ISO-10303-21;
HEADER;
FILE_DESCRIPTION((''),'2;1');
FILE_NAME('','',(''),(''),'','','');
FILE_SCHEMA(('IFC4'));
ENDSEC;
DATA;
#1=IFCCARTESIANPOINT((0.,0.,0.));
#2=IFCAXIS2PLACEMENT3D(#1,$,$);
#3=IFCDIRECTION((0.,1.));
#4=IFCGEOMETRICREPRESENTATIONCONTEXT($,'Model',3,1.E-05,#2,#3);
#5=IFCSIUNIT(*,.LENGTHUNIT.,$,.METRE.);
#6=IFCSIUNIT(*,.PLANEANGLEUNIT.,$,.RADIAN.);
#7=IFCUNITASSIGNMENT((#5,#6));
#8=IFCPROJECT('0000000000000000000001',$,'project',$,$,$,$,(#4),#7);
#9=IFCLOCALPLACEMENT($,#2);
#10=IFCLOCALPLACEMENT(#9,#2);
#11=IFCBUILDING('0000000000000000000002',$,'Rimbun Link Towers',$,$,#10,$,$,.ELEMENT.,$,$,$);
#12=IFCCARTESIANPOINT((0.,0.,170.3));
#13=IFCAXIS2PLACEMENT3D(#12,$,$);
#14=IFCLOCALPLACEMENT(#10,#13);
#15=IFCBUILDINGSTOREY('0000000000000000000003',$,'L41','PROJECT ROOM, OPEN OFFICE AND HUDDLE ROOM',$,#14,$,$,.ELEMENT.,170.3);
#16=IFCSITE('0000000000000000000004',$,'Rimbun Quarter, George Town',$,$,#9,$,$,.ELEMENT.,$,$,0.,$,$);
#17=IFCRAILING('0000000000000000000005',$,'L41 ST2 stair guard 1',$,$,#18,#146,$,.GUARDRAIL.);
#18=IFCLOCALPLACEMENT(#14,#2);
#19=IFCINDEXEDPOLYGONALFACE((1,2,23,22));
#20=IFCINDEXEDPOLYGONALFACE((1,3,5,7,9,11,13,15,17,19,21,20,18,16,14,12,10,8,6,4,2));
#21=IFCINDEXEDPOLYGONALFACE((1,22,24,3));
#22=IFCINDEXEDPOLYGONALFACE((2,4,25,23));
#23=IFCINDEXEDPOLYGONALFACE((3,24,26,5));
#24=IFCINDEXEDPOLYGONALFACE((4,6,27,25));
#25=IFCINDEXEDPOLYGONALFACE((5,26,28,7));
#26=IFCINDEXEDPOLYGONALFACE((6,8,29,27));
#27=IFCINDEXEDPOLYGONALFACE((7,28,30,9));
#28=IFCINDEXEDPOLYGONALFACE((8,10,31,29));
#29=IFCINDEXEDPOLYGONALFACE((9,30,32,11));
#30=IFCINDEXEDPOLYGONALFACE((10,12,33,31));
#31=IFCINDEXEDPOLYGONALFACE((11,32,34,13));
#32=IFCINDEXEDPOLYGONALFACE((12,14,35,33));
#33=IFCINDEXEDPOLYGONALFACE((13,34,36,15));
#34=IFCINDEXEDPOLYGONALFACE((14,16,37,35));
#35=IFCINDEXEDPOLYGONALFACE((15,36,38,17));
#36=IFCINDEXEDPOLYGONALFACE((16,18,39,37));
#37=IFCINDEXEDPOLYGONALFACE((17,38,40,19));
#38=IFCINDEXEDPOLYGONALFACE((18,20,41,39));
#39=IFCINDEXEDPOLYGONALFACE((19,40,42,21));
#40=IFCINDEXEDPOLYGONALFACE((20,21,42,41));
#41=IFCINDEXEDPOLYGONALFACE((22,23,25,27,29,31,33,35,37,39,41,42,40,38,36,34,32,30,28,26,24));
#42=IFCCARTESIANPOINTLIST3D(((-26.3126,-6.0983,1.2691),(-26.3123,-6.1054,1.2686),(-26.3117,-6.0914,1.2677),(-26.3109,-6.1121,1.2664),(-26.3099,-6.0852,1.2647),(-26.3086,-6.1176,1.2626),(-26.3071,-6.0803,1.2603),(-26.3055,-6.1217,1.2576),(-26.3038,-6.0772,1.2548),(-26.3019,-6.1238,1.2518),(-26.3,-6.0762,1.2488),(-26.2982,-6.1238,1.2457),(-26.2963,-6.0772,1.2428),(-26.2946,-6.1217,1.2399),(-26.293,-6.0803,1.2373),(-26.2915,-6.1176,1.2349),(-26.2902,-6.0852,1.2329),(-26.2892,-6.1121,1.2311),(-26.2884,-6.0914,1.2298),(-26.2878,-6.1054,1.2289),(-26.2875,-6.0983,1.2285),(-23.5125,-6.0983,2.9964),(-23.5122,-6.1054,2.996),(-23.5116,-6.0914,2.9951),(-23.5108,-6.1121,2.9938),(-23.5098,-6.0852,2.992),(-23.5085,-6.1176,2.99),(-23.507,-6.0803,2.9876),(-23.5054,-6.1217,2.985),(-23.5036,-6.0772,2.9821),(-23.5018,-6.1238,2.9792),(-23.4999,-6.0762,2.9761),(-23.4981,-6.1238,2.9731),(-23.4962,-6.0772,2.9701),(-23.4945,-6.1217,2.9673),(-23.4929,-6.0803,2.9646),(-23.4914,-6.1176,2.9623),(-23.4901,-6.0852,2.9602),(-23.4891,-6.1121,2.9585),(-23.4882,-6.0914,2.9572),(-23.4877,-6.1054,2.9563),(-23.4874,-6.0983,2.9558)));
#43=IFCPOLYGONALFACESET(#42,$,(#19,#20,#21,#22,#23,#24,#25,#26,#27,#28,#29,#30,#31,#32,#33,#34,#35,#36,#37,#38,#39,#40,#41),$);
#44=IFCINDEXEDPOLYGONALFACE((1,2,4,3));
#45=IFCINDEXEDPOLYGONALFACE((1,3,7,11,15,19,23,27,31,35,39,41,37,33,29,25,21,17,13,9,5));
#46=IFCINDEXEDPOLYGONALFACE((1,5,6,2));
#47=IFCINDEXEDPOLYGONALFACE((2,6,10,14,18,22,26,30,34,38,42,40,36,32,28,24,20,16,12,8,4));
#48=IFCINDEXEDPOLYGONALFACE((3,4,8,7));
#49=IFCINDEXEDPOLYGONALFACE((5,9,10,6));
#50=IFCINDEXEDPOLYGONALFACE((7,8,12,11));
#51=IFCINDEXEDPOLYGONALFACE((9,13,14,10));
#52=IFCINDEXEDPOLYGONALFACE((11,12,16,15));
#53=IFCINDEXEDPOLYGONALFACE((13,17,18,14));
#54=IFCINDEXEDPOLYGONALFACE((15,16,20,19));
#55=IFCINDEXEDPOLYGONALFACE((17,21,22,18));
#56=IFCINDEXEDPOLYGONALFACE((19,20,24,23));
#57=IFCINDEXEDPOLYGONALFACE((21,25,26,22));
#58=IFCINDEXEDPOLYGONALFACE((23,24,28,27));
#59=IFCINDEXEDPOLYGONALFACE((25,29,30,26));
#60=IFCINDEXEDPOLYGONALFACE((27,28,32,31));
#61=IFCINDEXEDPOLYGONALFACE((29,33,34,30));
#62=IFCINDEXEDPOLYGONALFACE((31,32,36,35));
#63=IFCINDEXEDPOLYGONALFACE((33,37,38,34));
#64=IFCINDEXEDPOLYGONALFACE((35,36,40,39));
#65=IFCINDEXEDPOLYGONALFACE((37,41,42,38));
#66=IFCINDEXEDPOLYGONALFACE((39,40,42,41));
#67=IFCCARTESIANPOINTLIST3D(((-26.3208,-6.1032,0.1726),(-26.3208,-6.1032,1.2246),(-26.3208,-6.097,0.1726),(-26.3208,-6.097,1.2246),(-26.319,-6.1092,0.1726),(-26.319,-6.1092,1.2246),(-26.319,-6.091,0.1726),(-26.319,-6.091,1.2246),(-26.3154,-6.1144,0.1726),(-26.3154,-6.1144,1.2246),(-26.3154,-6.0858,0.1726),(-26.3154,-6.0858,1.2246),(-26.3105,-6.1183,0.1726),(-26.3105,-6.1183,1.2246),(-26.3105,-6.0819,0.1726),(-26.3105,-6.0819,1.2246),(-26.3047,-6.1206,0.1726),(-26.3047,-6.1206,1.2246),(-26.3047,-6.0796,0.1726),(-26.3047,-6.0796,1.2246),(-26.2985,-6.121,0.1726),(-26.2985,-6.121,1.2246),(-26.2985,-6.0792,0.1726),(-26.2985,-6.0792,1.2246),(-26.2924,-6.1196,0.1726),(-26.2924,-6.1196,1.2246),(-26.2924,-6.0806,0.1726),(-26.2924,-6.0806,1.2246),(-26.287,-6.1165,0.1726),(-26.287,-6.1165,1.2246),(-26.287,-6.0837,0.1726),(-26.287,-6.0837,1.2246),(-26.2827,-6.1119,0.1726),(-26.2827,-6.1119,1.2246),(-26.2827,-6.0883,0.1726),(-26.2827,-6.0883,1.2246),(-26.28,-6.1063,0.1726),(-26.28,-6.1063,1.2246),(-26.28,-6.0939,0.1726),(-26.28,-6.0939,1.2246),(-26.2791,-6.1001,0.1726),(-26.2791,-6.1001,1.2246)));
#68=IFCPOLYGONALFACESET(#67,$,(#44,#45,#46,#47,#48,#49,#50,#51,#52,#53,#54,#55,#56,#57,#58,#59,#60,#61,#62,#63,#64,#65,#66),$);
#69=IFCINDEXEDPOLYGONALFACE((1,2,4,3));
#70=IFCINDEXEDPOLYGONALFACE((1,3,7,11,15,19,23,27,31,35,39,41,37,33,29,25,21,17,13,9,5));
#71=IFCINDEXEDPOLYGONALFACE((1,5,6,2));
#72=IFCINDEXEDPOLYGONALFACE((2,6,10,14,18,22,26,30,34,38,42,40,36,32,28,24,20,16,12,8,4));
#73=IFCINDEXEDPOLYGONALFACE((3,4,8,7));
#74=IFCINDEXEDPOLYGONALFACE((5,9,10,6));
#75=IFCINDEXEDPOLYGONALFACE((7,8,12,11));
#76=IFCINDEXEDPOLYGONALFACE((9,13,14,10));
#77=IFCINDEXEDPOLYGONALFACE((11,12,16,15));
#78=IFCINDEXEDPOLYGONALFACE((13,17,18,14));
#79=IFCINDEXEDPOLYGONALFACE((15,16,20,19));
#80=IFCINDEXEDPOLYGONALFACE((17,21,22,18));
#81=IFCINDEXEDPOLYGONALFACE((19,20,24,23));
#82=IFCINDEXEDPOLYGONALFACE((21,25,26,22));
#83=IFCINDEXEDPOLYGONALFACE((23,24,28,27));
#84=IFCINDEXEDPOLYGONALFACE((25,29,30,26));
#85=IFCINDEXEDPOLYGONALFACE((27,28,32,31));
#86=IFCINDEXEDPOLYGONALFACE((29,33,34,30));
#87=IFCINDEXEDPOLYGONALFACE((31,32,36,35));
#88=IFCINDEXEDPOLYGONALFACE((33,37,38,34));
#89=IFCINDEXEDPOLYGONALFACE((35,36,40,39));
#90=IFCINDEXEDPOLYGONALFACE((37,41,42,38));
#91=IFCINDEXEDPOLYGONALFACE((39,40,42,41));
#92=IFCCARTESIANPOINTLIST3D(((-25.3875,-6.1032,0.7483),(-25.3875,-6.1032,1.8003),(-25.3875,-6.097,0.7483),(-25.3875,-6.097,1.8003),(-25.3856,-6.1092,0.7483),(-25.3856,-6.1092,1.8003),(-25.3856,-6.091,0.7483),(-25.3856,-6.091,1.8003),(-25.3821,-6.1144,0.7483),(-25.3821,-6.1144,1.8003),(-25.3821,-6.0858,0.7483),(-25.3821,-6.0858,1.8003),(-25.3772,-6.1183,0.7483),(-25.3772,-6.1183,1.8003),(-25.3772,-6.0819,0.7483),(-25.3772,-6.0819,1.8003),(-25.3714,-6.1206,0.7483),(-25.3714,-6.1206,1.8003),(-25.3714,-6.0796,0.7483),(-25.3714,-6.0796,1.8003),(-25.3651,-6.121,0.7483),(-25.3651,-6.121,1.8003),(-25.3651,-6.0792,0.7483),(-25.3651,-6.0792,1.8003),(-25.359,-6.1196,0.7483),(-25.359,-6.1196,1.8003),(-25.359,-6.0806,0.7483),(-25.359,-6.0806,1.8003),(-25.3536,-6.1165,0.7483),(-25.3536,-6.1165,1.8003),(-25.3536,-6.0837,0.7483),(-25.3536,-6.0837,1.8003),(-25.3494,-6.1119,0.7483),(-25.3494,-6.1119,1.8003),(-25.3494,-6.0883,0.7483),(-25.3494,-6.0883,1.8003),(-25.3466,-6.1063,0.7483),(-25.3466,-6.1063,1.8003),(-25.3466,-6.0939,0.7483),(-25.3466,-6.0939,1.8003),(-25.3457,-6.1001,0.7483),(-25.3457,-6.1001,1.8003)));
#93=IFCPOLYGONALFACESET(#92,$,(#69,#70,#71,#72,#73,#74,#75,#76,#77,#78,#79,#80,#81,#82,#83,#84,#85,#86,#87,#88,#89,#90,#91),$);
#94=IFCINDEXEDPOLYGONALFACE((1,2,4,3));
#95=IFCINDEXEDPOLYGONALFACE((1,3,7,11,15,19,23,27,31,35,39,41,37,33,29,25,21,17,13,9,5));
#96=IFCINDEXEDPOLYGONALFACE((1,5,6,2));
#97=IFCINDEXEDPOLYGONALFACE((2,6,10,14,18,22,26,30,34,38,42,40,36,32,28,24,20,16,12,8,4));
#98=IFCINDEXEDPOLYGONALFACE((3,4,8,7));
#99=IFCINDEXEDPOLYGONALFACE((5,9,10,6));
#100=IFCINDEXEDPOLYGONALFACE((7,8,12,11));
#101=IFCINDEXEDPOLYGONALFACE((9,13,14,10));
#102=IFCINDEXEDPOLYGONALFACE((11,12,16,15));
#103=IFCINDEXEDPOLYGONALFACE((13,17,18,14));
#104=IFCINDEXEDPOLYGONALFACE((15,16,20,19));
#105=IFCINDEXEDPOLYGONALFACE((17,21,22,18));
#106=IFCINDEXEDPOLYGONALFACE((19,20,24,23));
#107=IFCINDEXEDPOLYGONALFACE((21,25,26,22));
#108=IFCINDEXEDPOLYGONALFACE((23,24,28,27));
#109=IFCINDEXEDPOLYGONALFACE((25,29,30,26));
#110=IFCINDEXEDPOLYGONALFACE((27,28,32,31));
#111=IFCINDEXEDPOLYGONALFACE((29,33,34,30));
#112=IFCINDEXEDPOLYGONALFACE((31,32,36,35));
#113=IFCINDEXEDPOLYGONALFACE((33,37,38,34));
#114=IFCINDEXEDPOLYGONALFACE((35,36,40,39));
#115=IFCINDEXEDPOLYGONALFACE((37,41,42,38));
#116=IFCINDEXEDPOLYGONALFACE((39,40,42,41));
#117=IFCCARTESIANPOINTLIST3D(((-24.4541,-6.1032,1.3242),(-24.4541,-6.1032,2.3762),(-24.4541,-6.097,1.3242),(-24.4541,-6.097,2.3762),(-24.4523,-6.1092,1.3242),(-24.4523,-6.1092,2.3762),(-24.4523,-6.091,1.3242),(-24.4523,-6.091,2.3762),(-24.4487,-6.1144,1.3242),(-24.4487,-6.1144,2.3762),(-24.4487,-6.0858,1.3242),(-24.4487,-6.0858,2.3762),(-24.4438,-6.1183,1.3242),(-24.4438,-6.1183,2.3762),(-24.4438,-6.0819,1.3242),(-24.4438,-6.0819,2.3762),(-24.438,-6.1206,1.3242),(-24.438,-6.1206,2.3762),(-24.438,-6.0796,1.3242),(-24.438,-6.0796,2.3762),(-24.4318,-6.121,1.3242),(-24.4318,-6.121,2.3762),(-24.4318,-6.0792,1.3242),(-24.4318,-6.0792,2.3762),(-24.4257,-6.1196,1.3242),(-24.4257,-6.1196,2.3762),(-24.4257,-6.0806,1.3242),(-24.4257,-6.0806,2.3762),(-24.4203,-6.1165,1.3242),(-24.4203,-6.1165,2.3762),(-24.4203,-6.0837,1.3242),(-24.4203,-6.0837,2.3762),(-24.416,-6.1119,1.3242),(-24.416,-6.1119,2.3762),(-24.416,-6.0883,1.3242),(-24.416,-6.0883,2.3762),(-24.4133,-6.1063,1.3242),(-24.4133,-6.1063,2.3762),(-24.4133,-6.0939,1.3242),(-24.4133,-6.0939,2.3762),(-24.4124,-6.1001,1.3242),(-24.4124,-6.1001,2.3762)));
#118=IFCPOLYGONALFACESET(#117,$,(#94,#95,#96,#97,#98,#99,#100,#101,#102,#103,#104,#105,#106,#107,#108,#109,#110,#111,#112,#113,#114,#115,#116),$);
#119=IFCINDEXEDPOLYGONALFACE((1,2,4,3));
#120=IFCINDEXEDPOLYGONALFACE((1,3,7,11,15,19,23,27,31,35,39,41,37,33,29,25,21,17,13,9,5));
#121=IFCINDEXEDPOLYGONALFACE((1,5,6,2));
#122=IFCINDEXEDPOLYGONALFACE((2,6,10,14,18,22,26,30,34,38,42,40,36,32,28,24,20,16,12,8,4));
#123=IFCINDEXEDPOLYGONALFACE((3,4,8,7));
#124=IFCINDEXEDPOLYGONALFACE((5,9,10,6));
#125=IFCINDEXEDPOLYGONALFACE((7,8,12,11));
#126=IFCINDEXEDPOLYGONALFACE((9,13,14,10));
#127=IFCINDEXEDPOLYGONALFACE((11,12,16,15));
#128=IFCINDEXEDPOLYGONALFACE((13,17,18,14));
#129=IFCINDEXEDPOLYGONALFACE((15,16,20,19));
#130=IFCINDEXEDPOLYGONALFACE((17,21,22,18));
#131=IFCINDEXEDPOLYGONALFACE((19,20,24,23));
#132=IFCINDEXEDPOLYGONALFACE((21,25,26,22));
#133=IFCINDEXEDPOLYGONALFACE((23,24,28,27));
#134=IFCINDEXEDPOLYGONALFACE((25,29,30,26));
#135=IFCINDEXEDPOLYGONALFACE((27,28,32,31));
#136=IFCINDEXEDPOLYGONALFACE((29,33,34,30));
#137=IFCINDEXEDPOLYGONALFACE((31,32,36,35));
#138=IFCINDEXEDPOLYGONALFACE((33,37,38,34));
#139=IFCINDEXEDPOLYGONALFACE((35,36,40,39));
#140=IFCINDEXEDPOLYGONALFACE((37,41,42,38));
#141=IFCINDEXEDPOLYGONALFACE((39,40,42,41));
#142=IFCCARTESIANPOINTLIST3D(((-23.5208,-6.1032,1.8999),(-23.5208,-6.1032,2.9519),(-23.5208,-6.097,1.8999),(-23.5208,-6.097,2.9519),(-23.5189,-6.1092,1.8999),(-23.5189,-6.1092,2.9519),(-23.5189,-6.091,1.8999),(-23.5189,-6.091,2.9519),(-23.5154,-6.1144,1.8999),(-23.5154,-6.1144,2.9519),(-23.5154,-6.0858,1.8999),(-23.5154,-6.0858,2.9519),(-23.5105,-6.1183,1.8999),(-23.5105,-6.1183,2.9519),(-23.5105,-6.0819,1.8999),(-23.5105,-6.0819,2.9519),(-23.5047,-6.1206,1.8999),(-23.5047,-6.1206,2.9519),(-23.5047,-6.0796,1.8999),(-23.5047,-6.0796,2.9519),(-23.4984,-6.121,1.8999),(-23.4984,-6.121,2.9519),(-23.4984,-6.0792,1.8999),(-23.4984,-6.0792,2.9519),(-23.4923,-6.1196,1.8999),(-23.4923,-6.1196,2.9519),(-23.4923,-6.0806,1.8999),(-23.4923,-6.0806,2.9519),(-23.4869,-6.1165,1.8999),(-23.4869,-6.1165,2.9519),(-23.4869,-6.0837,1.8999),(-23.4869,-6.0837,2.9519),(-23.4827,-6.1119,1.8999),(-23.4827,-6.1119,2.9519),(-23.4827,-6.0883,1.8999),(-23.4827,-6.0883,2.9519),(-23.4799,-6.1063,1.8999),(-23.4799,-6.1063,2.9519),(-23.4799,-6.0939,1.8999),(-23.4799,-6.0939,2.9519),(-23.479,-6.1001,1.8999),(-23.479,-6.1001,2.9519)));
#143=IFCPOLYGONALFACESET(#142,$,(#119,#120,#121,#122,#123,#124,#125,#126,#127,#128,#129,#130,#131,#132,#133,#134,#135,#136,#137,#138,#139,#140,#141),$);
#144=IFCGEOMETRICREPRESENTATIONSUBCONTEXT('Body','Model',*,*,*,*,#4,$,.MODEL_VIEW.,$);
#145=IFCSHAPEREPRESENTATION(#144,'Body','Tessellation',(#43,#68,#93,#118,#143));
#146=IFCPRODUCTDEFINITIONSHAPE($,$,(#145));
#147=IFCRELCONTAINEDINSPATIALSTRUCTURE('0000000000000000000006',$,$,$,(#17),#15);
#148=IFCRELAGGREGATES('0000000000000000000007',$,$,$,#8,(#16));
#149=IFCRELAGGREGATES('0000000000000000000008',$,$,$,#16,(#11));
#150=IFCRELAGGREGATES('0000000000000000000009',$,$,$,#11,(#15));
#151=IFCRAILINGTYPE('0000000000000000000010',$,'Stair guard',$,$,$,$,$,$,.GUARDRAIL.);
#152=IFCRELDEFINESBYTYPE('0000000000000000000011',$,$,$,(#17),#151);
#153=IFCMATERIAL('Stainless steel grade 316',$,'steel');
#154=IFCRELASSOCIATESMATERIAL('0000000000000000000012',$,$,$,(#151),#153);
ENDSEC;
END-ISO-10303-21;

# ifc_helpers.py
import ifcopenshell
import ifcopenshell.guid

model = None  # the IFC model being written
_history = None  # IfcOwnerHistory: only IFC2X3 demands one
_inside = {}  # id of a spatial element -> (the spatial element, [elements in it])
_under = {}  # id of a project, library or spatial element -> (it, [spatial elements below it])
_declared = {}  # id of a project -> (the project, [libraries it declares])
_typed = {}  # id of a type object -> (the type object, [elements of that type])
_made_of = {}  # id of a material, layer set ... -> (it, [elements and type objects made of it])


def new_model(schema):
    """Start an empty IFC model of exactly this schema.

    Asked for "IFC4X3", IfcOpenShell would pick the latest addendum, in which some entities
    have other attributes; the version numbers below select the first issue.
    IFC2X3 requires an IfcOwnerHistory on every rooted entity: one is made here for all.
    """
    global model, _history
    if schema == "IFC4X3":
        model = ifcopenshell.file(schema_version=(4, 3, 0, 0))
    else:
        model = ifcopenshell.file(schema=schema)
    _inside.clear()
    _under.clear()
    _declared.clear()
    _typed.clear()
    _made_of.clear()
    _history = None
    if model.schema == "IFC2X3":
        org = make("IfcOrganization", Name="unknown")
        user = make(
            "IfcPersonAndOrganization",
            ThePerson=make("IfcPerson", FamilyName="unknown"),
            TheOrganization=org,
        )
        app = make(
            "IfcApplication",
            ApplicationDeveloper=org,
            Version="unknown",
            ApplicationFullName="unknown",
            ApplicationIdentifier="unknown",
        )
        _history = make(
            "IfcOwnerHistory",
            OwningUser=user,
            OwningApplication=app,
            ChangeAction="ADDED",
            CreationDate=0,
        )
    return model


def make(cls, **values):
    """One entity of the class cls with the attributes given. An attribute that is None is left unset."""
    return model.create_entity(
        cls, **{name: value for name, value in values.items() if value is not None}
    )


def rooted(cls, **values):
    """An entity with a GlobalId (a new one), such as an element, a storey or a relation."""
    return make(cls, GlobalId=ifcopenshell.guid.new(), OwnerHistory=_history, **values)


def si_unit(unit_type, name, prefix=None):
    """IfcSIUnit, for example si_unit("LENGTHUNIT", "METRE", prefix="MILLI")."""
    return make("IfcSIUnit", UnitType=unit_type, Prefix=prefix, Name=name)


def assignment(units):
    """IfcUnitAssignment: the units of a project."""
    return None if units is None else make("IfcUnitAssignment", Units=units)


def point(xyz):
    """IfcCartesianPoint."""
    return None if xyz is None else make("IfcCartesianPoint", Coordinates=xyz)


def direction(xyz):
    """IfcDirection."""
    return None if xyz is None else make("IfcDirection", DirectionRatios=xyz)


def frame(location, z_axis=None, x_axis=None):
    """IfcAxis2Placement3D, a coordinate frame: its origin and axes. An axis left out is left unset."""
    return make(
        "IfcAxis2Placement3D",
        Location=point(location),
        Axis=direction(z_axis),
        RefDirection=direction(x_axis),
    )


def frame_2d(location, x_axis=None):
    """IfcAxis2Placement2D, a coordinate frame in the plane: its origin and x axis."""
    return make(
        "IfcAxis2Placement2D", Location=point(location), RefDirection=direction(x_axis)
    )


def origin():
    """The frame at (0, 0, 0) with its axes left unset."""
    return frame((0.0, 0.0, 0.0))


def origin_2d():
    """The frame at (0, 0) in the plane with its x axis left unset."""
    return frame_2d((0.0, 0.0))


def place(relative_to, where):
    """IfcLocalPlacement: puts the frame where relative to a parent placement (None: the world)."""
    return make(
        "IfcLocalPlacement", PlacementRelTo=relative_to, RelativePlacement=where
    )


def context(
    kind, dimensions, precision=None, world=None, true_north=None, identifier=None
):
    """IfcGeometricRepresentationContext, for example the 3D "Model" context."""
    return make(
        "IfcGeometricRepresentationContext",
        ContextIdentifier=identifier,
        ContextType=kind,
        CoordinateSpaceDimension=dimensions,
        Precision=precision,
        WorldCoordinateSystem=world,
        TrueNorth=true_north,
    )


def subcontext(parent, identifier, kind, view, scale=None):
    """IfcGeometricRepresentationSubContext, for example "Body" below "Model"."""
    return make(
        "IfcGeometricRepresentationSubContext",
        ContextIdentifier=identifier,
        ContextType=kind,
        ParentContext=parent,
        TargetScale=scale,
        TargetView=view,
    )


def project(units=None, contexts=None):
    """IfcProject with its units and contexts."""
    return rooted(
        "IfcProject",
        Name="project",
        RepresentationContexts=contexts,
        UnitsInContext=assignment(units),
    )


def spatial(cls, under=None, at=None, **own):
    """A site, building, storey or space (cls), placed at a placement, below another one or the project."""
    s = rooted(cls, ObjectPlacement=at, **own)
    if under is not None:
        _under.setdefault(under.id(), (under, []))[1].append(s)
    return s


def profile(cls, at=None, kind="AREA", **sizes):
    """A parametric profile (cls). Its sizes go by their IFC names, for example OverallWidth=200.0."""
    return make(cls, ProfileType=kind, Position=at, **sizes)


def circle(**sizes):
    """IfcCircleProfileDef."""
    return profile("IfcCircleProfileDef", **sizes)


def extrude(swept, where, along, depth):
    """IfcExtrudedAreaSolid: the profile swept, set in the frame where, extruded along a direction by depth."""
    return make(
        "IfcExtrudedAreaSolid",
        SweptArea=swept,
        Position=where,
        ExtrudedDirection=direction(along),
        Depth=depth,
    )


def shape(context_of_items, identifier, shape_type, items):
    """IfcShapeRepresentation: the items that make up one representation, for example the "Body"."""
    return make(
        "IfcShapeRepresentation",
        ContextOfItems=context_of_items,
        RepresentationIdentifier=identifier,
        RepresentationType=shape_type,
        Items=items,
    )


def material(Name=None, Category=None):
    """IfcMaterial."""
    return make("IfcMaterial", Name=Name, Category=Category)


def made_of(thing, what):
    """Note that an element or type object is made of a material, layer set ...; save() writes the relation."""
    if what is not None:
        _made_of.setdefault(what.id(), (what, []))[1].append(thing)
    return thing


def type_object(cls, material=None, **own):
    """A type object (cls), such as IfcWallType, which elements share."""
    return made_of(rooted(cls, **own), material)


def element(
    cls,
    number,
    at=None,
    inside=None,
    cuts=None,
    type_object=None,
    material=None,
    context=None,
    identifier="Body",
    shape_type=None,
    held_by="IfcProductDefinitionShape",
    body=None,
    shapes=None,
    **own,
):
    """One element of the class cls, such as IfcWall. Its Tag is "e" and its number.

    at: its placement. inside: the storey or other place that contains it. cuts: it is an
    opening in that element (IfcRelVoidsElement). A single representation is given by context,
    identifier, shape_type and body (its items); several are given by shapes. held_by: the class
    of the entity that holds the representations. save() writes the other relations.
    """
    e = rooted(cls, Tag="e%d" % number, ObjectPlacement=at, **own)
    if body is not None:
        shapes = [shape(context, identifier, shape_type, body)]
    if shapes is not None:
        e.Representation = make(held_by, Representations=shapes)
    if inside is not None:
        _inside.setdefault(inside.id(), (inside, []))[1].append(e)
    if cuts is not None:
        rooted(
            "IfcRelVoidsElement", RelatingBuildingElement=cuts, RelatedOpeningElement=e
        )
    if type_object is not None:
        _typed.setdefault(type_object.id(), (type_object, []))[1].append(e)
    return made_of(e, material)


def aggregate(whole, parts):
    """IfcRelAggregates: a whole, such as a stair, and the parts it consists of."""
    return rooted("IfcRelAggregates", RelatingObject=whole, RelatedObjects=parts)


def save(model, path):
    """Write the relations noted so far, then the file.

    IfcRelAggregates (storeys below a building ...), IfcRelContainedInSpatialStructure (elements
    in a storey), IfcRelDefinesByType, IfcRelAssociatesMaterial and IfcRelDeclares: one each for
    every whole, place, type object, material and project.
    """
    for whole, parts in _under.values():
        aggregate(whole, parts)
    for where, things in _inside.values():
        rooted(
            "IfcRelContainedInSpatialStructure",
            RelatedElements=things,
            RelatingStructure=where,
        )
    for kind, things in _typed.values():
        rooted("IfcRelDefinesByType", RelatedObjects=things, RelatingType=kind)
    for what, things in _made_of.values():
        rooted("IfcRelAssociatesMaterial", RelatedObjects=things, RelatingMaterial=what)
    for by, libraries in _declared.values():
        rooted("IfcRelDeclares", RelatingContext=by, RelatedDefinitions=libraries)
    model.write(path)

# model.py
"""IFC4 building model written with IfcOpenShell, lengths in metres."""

from ifc_helpers import new_model, si_unit, direction, frame, origin, origin_2d, place, context, subcontext, project, spatial, circle, extrude, material, type_object, element, save


model = new_model("IFC4")

# Units and contexts
model_context = context("Model", 3, precision=1e-05, world=origin(), true_north=direction((0.0, 1.0)))
body_context = subcontext(model_context, "Body", "Model", "MODEL_VIEW")
ifc_project = project(units=[si_unit("LENGTHUNIT", "METRE"), si_unit("PLANEANGLEUNIT", "RADIAN")], contexts=[model_context])

# Site, building, storey
site_placement = place(None, origin())
site = spatial("IfcSite", under=ifc_project, at=site_placement, Name="Rimbun Quarter, George Town", CompositionType="ELEMENT", RefElevation=0.0)
building_placement = place(site_placement, origin())
building = spatial("IfcBuilding", under=site, at=building_placement, Name="Rimbun Link Towers", CompositionType="ELEMENT")
storey_placement = place(building_placement, frame((0.0, 0.0, 170.3)))
storey = spatial("IfcBuildingStorey", under=building, at=storey_placement, Name="L41", Description="PROJECT ROOM, OPEN OFFICE AND HUDDLE ROOM", CompositionType="ELEMENT", Elevation=170.3)

# Railing
ifc_material_1 = material(Name="Stainless steel grade 316", Category="steel")
railing_type_1 = type_object("IfcRailingType", Name="Stair guard", PredefinedType="GUARDRAIL", material=ifc_material_1)
railing_1_placement = place(storey_placement, frame((-26.3, -6.1001, 0.1726)))
element("IfcRailing", 1, at=railing_1_placement, inside=storey, type_object=railing_type_1, Name="L41 ST2 stair guard 1", PredefinedType="GUARDRAIL", context=body_context, shape_type="SweptSolid", body=[
    extrude(circle(Radius=0.0239, at=origin_2d()), frame((0.0, 0.0, 1.0762), z_axis=(0.85109, 0.0, 0.52502), x_axis=(0.0, 1.0, 0.0)), (0.0, 0.0, 1.0), 3.29),
    extrude(circle(Radius=0.021, at=origin_2d()), origin(), (0.0, 0.0, 1.0), 1.052),
    extrude(circle(Radius=0.021, at=origin_2d()), frame((0.9333, 0.0, 0.5757)), (0.0, 0.0, 1.0), 1.052),
    extrude(circle(Radius=0.021, at=origin_2d()), frame((1.8667, 0.0, 1.1516)), (0.0, 0.0, 1.0), 1.052),
    extrude(circle(Radius=0.021, at=origin_2d()), frame((2.8, 0.0, 1.7273)), (0.0, 0.0, 1.0), 1.052),
])

save(model, "model.ifc")
